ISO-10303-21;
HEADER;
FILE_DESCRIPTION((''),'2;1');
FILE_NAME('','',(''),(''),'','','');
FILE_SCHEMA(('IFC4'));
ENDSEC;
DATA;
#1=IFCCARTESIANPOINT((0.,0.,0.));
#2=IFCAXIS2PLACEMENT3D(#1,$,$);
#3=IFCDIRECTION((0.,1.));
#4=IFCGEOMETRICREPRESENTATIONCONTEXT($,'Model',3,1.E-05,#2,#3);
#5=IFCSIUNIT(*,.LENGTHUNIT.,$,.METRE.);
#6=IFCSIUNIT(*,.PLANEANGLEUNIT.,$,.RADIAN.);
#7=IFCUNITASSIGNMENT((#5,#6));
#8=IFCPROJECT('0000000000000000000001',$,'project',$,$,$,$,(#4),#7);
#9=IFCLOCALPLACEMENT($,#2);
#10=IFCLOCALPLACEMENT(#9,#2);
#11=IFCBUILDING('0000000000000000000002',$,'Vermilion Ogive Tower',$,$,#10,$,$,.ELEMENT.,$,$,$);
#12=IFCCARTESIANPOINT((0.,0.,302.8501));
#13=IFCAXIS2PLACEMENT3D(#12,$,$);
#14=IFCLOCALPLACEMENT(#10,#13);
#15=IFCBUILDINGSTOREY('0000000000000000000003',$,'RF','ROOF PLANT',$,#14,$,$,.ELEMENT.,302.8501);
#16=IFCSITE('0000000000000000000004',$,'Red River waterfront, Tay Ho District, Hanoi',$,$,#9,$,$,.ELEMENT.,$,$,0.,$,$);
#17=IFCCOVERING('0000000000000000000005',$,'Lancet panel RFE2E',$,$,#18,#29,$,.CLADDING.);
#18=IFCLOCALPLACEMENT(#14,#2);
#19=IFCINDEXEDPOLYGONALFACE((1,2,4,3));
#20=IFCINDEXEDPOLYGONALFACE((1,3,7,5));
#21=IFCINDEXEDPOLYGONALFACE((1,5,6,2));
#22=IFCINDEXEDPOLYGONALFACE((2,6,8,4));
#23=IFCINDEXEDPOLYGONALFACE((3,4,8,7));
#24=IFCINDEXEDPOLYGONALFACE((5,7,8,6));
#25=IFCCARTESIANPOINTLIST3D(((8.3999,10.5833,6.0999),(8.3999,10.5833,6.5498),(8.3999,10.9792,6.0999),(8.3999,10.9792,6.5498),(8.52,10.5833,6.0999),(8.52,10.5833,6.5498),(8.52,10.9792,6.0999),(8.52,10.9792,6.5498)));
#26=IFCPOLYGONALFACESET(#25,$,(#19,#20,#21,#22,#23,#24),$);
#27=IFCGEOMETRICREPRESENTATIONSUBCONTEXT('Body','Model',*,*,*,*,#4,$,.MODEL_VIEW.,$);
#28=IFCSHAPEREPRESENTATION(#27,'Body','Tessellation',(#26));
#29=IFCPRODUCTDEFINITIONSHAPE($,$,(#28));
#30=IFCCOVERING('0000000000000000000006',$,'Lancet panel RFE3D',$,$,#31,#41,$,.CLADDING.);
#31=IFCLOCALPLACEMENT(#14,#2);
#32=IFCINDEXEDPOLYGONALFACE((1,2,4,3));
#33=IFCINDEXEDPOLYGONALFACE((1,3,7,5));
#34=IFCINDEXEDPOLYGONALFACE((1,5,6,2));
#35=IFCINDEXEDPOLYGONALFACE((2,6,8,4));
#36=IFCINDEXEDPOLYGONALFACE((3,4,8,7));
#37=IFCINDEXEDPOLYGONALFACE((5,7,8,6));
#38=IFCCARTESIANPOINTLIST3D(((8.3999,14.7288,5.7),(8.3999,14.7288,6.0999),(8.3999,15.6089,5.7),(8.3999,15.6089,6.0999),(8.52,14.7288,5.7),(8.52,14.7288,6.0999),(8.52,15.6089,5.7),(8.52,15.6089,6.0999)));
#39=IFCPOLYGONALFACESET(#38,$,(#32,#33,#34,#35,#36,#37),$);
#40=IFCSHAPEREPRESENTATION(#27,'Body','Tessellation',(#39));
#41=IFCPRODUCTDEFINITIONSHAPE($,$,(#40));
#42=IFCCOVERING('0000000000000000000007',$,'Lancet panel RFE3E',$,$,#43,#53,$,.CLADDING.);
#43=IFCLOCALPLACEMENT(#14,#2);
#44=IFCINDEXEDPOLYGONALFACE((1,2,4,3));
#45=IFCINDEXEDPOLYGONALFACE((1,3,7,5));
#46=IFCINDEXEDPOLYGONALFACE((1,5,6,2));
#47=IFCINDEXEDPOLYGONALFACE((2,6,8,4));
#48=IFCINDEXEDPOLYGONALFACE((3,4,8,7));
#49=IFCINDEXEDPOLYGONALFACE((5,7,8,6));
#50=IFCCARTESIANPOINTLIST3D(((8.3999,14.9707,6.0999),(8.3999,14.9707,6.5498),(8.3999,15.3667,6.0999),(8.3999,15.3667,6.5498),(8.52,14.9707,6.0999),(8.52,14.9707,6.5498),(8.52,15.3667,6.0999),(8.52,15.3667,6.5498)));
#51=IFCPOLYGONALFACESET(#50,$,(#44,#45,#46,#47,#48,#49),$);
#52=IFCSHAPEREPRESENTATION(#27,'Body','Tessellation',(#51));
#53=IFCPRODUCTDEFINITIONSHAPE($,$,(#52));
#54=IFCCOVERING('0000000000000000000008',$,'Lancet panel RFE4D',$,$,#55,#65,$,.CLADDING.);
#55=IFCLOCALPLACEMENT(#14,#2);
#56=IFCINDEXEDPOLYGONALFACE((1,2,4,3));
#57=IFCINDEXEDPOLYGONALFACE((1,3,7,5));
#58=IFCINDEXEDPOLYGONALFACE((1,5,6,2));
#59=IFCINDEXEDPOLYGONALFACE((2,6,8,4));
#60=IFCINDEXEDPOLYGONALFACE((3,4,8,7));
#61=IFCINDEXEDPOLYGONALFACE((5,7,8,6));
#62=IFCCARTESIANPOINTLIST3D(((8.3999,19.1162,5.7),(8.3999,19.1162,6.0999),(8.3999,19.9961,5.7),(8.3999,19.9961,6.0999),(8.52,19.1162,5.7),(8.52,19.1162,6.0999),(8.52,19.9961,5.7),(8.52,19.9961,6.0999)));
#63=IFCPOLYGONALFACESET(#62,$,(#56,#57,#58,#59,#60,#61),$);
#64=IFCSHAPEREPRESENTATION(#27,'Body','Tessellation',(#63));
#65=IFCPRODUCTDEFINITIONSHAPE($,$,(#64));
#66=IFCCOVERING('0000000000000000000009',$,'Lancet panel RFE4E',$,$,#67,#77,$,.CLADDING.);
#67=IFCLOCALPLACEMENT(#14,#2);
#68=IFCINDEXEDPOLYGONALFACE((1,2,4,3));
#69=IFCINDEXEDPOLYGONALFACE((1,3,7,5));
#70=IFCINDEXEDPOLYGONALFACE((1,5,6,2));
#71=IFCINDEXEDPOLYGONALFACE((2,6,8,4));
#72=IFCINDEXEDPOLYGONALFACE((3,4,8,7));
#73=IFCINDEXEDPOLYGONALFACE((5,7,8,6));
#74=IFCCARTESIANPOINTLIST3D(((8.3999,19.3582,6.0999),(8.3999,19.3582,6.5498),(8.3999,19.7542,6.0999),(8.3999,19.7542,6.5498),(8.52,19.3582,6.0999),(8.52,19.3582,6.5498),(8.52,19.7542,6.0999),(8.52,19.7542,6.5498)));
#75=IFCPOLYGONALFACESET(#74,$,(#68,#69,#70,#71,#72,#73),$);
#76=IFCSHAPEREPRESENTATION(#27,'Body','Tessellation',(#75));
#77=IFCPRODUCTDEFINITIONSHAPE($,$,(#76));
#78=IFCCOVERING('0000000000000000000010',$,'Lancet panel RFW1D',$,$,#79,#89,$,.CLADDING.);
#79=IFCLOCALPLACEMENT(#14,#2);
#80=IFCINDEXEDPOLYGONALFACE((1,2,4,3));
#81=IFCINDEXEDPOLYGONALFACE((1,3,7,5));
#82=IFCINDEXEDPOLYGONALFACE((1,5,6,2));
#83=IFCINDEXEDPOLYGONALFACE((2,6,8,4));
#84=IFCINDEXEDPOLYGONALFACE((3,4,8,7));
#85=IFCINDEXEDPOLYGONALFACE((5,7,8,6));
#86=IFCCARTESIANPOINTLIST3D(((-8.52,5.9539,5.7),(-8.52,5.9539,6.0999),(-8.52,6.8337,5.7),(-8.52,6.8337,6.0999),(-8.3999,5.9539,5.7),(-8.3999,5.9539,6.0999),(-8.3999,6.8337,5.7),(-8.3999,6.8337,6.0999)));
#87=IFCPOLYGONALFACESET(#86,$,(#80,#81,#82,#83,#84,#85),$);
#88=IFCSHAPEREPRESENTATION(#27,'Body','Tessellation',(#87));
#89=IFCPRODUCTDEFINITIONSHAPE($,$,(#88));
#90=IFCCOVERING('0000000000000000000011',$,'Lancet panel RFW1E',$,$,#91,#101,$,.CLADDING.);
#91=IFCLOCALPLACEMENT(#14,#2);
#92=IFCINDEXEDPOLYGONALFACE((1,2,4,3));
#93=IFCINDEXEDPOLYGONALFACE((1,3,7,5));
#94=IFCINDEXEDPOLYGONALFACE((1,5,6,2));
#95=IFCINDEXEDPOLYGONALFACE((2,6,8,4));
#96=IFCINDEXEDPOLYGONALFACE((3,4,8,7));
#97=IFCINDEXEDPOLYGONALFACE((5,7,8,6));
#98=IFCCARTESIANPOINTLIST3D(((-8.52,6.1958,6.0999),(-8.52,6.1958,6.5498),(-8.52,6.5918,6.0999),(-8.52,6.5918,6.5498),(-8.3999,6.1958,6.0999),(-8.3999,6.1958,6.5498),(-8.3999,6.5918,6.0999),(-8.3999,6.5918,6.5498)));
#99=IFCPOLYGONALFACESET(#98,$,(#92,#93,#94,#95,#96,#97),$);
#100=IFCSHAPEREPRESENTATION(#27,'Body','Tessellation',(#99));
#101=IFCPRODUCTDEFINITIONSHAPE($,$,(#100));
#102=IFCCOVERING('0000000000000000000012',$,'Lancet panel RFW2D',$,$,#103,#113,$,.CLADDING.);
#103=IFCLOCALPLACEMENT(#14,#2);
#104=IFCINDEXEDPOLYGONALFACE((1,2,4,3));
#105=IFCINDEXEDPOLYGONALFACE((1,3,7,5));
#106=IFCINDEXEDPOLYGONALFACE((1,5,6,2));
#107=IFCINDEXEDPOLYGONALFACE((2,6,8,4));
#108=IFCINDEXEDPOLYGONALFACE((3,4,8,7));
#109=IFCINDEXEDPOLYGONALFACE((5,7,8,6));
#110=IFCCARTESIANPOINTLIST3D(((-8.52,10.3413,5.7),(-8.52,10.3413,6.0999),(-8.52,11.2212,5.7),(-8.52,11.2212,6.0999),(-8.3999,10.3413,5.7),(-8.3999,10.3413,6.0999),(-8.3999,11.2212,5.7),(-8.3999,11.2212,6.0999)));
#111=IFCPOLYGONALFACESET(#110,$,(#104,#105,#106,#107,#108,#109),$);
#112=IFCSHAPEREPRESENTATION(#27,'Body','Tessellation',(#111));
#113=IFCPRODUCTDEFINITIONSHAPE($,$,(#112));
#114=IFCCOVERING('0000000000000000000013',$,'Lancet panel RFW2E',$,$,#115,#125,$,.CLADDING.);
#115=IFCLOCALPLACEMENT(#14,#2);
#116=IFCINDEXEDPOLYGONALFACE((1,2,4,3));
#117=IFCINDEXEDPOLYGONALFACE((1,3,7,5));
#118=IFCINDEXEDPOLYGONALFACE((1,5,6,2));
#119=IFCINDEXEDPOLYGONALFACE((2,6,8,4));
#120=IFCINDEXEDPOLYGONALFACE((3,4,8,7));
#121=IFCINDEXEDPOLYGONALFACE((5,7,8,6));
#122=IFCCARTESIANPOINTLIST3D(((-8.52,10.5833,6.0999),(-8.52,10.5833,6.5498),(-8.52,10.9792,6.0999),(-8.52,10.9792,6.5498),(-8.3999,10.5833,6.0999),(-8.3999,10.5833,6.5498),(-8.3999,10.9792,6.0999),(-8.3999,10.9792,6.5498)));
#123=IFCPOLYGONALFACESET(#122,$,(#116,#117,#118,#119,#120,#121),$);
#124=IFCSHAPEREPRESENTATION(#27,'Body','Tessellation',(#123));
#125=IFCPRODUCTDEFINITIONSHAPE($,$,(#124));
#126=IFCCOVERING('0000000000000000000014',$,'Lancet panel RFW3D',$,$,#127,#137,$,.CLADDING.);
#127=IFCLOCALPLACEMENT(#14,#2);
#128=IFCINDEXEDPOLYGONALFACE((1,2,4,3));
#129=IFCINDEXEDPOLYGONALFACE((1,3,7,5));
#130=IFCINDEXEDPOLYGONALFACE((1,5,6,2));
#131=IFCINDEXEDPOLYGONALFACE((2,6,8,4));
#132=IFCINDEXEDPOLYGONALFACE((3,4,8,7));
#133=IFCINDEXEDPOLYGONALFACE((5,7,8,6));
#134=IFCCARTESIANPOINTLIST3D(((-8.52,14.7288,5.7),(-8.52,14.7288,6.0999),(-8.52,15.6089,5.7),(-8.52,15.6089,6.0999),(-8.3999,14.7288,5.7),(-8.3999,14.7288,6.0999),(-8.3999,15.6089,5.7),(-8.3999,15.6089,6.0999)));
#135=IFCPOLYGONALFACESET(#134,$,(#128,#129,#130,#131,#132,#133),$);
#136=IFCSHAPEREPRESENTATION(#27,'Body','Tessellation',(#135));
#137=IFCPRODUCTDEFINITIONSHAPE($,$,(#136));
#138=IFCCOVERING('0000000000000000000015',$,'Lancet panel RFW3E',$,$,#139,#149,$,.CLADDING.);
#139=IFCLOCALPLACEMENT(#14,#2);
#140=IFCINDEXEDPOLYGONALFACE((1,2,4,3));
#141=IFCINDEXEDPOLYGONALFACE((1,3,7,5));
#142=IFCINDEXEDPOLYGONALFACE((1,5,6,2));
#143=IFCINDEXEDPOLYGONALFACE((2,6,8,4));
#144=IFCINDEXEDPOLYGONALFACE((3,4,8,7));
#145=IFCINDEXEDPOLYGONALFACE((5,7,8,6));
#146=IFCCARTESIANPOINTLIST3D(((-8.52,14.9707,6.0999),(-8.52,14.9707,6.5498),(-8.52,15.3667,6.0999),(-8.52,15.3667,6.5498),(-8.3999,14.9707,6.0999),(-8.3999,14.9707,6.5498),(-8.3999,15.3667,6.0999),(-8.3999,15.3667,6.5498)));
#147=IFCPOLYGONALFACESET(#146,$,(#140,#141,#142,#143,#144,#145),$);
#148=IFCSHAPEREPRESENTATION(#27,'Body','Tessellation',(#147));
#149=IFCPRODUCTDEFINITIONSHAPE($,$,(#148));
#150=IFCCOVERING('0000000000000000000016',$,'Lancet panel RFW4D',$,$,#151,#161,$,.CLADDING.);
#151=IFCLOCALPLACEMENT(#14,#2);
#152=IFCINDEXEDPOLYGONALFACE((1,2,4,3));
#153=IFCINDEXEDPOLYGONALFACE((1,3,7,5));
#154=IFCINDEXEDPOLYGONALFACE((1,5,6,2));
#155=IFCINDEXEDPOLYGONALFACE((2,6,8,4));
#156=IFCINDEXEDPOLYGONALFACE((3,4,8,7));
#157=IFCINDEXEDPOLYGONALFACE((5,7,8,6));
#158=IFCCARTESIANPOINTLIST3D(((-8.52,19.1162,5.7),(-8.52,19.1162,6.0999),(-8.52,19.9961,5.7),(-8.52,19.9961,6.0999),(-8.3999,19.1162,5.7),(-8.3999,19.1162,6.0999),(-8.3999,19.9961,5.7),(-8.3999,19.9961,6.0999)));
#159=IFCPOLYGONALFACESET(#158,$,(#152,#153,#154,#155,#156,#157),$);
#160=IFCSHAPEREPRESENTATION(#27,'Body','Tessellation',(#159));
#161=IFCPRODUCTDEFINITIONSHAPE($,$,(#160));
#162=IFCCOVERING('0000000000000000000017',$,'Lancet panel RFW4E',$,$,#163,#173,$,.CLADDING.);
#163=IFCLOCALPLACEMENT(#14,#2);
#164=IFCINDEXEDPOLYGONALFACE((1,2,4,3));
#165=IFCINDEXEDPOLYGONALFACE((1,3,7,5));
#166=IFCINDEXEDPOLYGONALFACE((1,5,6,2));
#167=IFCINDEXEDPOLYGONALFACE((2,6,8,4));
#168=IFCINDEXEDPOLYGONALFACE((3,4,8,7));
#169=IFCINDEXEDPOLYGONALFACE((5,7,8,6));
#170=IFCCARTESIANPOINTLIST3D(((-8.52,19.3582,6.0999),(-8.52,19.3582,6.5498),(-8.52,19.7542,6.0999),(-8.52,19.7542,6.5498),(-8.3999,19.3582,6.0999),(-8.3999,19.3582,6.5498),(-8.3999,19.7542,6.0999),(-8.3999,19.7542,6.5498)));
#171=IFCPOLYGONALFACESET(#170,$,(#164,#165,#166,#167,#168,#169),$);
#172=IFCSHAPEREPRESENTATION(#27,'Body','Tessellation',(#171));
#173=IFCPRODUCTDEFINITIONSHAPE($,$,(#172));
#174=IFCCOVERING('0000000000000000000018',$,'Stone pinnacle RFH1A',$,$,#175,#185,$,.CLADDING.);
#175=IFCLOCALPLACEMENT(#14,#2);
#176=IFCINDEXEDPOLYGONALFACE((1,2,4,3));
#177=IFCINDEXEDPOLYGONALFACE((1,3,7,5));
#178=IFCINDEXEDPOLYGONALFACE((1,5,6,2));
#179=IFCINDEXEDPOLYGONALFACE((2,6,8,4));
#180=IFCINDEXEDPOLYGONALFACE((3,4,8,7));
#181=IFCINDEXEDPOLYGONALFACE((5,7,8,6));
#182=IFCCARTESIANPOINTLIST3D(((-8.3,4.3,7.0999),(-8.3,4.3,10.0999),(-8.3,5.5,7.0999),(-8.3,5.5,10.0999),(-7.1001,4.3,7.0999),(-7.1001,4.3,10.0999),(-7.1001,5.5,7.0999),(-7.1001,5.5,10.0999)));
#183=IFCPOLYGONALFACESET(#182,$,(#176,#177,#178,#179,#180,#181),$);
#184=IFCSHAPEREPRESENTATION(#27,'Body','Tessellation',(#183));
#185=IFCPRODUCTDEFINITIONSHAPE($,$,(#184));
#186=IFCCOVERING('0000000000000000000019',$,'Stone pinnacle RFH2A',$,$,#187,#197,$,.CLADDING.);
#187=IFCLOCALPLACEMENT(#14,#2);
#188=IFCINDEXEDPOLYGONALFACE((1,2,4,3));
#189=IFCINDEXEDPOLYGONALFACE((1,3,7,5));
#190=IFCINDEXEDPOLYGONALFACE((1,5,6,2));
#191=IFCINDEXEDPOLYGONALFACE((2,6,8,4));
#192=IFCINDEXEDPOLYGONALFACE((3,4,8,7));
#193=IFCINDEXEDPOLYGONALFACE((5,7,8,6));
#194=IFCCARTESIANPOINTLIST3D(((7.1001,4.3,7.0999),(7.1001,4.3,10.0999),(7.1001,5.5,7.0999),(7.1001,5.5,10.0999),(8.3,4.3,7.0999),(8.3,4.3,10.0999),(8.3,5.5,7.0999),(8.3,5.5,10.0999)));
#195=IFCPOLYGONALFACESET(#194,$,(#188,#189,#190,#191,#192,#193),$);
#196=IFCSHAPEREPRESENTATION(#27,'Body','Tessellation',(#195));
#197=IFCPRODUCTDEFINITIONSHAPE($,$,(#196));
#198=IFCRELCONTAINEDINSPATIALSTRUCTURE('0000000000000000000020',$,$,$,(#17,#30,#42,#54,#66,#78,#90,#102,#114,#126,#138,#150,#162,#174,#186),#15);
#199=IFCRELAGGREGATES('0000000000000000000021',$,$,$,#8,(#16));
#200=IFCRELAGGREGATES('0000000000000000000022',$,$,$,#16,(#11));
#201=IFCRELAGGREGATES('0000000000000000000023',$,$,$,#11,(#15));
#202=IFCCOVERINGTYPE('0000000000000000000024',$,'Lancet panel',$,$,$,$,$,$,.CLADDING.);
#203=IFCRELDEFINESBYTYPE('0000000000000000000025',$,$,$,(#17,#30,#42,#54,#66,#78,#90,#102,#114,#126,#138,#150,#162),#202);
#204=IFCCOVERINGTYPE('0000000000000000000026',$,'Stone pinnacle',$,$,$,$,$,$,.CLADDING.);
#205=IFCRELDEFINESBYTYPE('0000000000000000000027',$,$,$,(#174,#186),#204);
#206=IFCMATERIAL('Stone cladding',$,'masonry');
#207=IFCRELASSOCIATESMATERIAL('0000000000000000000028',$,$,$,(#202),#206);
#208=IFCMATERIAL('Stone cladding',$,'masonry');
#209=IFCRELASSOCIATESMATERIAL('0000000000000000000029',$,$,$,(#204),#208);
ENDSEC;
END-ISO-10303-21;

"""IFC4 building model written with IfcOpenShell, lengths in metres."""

from ifc_helpers import new_model, si_unit, direction, frame, origin, place, context, subcontext, project, spatial, polyline, outline, extrude, material, type_object, element, save


model = new_model("IFC4")

# Units and contexts
model_context = context("Model", 3, precision=1e-05, world=origin(), true_north=direction((0.0, 1.0)))
body_context = subcontext(model_context, "Body", "Model", "MODEL_VIEW")
ifc_project = project(units=[si_unit("LENGTHUNIT", "METRE"), si_unit("PLANEANGLEUNIT", "RADIAN")], contexts=[model_context])

# Site, building, storey
site_placement = place(None, origin())
site = spatial("IfcSite", under=ifc_project, at=site_placement, Name="Red River waterfront, Tay Ho District, Hanoi", CompositionType="ELEMENT", RefElevation=0.0)
building_placement = place(site_placement, origin())
building = spatial("IfcBuilding", under=site, at=building_placement, Name="Vermilion Ogive Tower", CompositionType="ELEMENT")
storey_placement = place(building_placement, frame((0.0, 0.0, 302.8501)))
storey = spatial("IfcBuildingStorey", under=building, at=storey_placement, Name="RF", Description="ROOF PLANT", CompositionType="ELEMENT", Elevation=302.8501)

# Coverings
ifc_material_1 = material(Name="Stone cladding", Category="masonry")
covering_type_1 = type_object("IfcCoveringType", Name="Lancet panel", PredefinedType="CLADDING", material=ifc_material_1)
covering_1_placement = place(storey_placement, frame((0.0, 0.0, 6.0999)))
element("IfcCovering", 1, at=covering_1_placement, inside=storey, type_object=covering_type_1, Name="Lancet panel RFE2E", PredefinedType="CLADDING", context=body_context, shape_type="SweptSolid", body=[
    extrude(outline(polyline([(8.3999, 10.9792), (8.3999, 10.5833), (8.52, 10.5833), (8.52, 10.9792), (8.3999, 10.9792)])), origin(), (0.0, 0.0, 1.0), 0.45),
])
covering_2_placement = place(storey_placement, frame((0.0, 0.0, 5.7)))
element("IfcCovering", 2, at=covering_2_placement, inside=storey, type_object=covering_type_1, Name="Lancet panel RFE3D", PredefinedType="CLADDING", context=body_context, shape_type="SweptSolid", body=[
    extrude(outline(polyline([(8.3999, 15.6089), (8.3999, 14.7288), (8.52, 14.7288), (8.52, 15.6089), (8.3999, 15.6089)])), origin(), (0.0, 0.0, 1.0), 0.3999),
])
covering_3_placement = place(storey_placement, frame((0.0, 0.0, 6.0999)))
element("IfcCovering", 3, at=covering_3_placement, inside=storey, type_object=covering_type_1, Name="Lancet panel RFE3E", PredefinedType="CLADDING", context=body_context, shape_type="SweptSolid", body=[
    extrude(outline(polyline([(8.3999, 15.3667), (8.3999, 14.9707), (8.52, 14.9707), (8.52, 15.3667), (8.3999, 15.3667)])), origin(), (0.0, 0.0, 1.0), 0.45),
])
covering_4_placement = place(storey_placement, frame((0.0, 0.0, 5.7)))
element("IfcCovering", 4, at=covering_4_placement, inside=storey, type_object=covering_type_1, Name="Lancet panel RFE4D", PredefinedType="CLADDING", context=body_context, shape_type="SweptSolid", body=[
    extrude(outline(polyline([(8.3999, 19.9961), (8.3999, 19.1162), (8.52, 19.1162), (8.52, 19.9961), (8.3999, 19.9961)])), origin(), (0.0, 0.0, 1.0), 0.3999),
])
covering_5_placement = place(storey_placement, frame((0.0, 0.0, 6.0999)))
element("IfcCovering", 5, at=covering_5_placement, inside=storey, type_object=covering_type_1, Name="Lancet panel RFE4E", PredefinedType="CLADDING", context=body_context, shape_type="SweptSolid", body=[
    extrude(outline(polyline([(8.3999, 19.7542), (8.3999, 19.3582), (8.52, 19.3582), (8.52, 19.7542), (8.3999, 19.7542)])), origin(), (0.0, 0.0, 1.0), 0.45),
])
covering_6_placement = place(storey_placement, frame((0.0, 0.0, 5.7)))
element("IfcCovering", 6, at=covering_6_placement, inside=storey, type_object=covering_type_1, Name="Lancet panel RFW1D", PredefinedType="CLADDING", context=body_context, shape_type="SweptSolid", body=[
    extrude(outline(polyline([(-8.3999, 5.9539), (-8.3999, 6.8337), (-8.52, 6.8337), (-8.52, 5.9539), (-8.3999, 5.9539)])), origin(), (0.0, 0.0, 1.0), 0.3999),
])
covering_7_placement = place(storey_placement, frame((0.0, 0.0, 6.0999)))
element("IfcCovering", 7, at=covering_7_placement, inside=storey, type_object=covering_type_1, Name="Lancet panel RFW1E", PredefinedType="CLADDING", context=body_context, shape_type="SweptSolid", body=[
    extrude(outline(polyline([(-8.3999, 6.1958), (-8.3999, 6.5918), (-8.52, 6.5918), (-8.52, 6.1958), (-8.3999, 6.1958)])), origin(), (0.0, 0.0, 1.0), 0.45),
])
covering_8_placement = place(storey_placement, frame((0.0, 0.0, 5.7)))
element("IfcCovering", 8, at=covering_8_placement, inside=storey, type_object=covering_type_1, Name="Lancet panel RFW2D", PredefinedType="CLADDING", context=body_context, shape_type="SweptSolid", body=[
    extrude(outline(polyline([(-8.3999, 10.3413), (-8.3999, 11.2212), (-8.52, 11.2212), (-8.52, 10.3413), (-8.3999, 10.3413)])), origin(), (0.0, 0.0, 1.0), 0.3999),
])
covering_9_placement = place(storey_placement, frame((0.0, 0.0, 6.0999)))
element("IfcCovering", 9, at=covering_9_placement, inside=storey, type_object=covering_type_1, Name="Lancet panel RFW2E", PredefinedType="CLADDING", context=body_context, shape_type="SweptSolid", body=[
    extrude(outline(polyline([(-8.3999, 10.5833), (-8.3999, 10.9792), (-8.52, 10.9792), (-8.52, 10.5833), (-8.3999, 10.5833)])), origin(), (0.0, 0.0, 1.0), 0.45),
])
covering_10_placement = place(storey_placement, frame((0.0, 0.0, 5.7)))
element("IfcCovering", 10, at=covering_10_placement, inside=storey, type_object=covering_type_1, Name="Lancet panel RFW3D", PredefinedType="CLADDING", context=body_context, shape_type="SweptSolid", body=[
    extrude(outline(polyline([(-8.3999, 14.7288), (-8.3999, 15.6089), (-8.52, 15.6089), (-8.52, 14.7288), (-8.3999, 14.7288)])), origin(), (0.0, 0.0, 1.0), 0.3999),
])
covering_11_placement = place(storey_placement, frame((0.0, 0.0, 6.0999)))
element("IfcCovering", 11, at=covering_11_placement, inside=storey, type_object=covering_type_1, Name="Lancet panel RFW3E", PredefinedType="CLADDING", context=body_context, shape_type="SweptSolid", body=[
    extrude(outline(polyline([(-8.3999, 14.9707), (-8.3999, 15.3667), (-8.52, 15.3667), (-8.52, 14.9707), (-8.3999, 14.9707)])), origin(), (0.0, 0.0, 1.0), 0.45),
])
covering_12_placement = place(storey_placement, frame((0.0, 0.0, 5.7)))
element("IfcCovering", 12, at=covering_12_placement, inside=storey, type_object=covering_type_1, Name="Lancet panel RFW4D", PredefinedType="CLADDING", context=body_context, shape_type="SweptSolid", body=[
    extrude(outline(polyline([(-8.3999, 19.1162), (-8.3999, 19.9961), (-8.52, 19.9961), (-8.52, 19.1162), (-8.3999, 19.1162)])), origin(), (0.0, 0.0, 1.0), 0.3999),
])
covering_13_placement = place(storey_placement, frame((0.0, 0.0, 6.0999)))
element("IfcCovering", 13, at=covering_13_placement, inside=storey, type_object=covering_type_1, Name="Lancet panel RFW4E", PredefinedType="CLADDING", context=body_context, shape_type="SweptSolid", body=[
    extrude(outline(polyline([(-8.3999, 19.3582), (-8.3999, 19.7542), (-8.52, 19.7542), (-8.52, 19.3582), (-8.3999, 19.3582)])), origin(), (0.0, 0.0, 1.0), 0.45),
])
ifc_material_2 = material(Name="Stone cladding", Category="masonry")
covering_type_2 = type_object("IfcCoveringType", Name="Stone pinnacle", PredefinedType="CLADDING", material=ifc_material_2)
covering_14_placement = place(storey_placement, frame((0.0, 0.0, 7.0999)))
element("IfcCovering", 14, at=covering_14_placement, inside=storey, type_object=covering_type_2, Name="Stone pinnacle RFH1A", PredefinedType="CLADDING", context=body_context, shape_type="SweptSolid", body=[
    extrude(outline(polyline([(-8.3, 4.3), (-7.1001, 4.3), (-7.1001, 5.5), (-8.3, 5.5), (-8.3, 4.3)])), origin(), (0.0, 0.0, 1.0), 3.0),
])
covering_15_placement = place(storey_placement, frame((0.0, 0.0, 7.0999)))
element("IfcCovering", 15, at=covering_15_placement, inside=storey, type_object=covering_type_2, Name="Stone pinnacle RFH2A", PredefinedType="CLADDING", context=body_context, shape_type="SweptSolid", body=[
    extrude(outline(polyline([(7.1001, 4.3), (8.3, 4.3), (8.3, 5.5), (7.1001, 5.5), (7.1001, 4.3)])), origin(), (0.0, 0.0, 1.0), 3.0),
])

save(model, "model.ifc")
